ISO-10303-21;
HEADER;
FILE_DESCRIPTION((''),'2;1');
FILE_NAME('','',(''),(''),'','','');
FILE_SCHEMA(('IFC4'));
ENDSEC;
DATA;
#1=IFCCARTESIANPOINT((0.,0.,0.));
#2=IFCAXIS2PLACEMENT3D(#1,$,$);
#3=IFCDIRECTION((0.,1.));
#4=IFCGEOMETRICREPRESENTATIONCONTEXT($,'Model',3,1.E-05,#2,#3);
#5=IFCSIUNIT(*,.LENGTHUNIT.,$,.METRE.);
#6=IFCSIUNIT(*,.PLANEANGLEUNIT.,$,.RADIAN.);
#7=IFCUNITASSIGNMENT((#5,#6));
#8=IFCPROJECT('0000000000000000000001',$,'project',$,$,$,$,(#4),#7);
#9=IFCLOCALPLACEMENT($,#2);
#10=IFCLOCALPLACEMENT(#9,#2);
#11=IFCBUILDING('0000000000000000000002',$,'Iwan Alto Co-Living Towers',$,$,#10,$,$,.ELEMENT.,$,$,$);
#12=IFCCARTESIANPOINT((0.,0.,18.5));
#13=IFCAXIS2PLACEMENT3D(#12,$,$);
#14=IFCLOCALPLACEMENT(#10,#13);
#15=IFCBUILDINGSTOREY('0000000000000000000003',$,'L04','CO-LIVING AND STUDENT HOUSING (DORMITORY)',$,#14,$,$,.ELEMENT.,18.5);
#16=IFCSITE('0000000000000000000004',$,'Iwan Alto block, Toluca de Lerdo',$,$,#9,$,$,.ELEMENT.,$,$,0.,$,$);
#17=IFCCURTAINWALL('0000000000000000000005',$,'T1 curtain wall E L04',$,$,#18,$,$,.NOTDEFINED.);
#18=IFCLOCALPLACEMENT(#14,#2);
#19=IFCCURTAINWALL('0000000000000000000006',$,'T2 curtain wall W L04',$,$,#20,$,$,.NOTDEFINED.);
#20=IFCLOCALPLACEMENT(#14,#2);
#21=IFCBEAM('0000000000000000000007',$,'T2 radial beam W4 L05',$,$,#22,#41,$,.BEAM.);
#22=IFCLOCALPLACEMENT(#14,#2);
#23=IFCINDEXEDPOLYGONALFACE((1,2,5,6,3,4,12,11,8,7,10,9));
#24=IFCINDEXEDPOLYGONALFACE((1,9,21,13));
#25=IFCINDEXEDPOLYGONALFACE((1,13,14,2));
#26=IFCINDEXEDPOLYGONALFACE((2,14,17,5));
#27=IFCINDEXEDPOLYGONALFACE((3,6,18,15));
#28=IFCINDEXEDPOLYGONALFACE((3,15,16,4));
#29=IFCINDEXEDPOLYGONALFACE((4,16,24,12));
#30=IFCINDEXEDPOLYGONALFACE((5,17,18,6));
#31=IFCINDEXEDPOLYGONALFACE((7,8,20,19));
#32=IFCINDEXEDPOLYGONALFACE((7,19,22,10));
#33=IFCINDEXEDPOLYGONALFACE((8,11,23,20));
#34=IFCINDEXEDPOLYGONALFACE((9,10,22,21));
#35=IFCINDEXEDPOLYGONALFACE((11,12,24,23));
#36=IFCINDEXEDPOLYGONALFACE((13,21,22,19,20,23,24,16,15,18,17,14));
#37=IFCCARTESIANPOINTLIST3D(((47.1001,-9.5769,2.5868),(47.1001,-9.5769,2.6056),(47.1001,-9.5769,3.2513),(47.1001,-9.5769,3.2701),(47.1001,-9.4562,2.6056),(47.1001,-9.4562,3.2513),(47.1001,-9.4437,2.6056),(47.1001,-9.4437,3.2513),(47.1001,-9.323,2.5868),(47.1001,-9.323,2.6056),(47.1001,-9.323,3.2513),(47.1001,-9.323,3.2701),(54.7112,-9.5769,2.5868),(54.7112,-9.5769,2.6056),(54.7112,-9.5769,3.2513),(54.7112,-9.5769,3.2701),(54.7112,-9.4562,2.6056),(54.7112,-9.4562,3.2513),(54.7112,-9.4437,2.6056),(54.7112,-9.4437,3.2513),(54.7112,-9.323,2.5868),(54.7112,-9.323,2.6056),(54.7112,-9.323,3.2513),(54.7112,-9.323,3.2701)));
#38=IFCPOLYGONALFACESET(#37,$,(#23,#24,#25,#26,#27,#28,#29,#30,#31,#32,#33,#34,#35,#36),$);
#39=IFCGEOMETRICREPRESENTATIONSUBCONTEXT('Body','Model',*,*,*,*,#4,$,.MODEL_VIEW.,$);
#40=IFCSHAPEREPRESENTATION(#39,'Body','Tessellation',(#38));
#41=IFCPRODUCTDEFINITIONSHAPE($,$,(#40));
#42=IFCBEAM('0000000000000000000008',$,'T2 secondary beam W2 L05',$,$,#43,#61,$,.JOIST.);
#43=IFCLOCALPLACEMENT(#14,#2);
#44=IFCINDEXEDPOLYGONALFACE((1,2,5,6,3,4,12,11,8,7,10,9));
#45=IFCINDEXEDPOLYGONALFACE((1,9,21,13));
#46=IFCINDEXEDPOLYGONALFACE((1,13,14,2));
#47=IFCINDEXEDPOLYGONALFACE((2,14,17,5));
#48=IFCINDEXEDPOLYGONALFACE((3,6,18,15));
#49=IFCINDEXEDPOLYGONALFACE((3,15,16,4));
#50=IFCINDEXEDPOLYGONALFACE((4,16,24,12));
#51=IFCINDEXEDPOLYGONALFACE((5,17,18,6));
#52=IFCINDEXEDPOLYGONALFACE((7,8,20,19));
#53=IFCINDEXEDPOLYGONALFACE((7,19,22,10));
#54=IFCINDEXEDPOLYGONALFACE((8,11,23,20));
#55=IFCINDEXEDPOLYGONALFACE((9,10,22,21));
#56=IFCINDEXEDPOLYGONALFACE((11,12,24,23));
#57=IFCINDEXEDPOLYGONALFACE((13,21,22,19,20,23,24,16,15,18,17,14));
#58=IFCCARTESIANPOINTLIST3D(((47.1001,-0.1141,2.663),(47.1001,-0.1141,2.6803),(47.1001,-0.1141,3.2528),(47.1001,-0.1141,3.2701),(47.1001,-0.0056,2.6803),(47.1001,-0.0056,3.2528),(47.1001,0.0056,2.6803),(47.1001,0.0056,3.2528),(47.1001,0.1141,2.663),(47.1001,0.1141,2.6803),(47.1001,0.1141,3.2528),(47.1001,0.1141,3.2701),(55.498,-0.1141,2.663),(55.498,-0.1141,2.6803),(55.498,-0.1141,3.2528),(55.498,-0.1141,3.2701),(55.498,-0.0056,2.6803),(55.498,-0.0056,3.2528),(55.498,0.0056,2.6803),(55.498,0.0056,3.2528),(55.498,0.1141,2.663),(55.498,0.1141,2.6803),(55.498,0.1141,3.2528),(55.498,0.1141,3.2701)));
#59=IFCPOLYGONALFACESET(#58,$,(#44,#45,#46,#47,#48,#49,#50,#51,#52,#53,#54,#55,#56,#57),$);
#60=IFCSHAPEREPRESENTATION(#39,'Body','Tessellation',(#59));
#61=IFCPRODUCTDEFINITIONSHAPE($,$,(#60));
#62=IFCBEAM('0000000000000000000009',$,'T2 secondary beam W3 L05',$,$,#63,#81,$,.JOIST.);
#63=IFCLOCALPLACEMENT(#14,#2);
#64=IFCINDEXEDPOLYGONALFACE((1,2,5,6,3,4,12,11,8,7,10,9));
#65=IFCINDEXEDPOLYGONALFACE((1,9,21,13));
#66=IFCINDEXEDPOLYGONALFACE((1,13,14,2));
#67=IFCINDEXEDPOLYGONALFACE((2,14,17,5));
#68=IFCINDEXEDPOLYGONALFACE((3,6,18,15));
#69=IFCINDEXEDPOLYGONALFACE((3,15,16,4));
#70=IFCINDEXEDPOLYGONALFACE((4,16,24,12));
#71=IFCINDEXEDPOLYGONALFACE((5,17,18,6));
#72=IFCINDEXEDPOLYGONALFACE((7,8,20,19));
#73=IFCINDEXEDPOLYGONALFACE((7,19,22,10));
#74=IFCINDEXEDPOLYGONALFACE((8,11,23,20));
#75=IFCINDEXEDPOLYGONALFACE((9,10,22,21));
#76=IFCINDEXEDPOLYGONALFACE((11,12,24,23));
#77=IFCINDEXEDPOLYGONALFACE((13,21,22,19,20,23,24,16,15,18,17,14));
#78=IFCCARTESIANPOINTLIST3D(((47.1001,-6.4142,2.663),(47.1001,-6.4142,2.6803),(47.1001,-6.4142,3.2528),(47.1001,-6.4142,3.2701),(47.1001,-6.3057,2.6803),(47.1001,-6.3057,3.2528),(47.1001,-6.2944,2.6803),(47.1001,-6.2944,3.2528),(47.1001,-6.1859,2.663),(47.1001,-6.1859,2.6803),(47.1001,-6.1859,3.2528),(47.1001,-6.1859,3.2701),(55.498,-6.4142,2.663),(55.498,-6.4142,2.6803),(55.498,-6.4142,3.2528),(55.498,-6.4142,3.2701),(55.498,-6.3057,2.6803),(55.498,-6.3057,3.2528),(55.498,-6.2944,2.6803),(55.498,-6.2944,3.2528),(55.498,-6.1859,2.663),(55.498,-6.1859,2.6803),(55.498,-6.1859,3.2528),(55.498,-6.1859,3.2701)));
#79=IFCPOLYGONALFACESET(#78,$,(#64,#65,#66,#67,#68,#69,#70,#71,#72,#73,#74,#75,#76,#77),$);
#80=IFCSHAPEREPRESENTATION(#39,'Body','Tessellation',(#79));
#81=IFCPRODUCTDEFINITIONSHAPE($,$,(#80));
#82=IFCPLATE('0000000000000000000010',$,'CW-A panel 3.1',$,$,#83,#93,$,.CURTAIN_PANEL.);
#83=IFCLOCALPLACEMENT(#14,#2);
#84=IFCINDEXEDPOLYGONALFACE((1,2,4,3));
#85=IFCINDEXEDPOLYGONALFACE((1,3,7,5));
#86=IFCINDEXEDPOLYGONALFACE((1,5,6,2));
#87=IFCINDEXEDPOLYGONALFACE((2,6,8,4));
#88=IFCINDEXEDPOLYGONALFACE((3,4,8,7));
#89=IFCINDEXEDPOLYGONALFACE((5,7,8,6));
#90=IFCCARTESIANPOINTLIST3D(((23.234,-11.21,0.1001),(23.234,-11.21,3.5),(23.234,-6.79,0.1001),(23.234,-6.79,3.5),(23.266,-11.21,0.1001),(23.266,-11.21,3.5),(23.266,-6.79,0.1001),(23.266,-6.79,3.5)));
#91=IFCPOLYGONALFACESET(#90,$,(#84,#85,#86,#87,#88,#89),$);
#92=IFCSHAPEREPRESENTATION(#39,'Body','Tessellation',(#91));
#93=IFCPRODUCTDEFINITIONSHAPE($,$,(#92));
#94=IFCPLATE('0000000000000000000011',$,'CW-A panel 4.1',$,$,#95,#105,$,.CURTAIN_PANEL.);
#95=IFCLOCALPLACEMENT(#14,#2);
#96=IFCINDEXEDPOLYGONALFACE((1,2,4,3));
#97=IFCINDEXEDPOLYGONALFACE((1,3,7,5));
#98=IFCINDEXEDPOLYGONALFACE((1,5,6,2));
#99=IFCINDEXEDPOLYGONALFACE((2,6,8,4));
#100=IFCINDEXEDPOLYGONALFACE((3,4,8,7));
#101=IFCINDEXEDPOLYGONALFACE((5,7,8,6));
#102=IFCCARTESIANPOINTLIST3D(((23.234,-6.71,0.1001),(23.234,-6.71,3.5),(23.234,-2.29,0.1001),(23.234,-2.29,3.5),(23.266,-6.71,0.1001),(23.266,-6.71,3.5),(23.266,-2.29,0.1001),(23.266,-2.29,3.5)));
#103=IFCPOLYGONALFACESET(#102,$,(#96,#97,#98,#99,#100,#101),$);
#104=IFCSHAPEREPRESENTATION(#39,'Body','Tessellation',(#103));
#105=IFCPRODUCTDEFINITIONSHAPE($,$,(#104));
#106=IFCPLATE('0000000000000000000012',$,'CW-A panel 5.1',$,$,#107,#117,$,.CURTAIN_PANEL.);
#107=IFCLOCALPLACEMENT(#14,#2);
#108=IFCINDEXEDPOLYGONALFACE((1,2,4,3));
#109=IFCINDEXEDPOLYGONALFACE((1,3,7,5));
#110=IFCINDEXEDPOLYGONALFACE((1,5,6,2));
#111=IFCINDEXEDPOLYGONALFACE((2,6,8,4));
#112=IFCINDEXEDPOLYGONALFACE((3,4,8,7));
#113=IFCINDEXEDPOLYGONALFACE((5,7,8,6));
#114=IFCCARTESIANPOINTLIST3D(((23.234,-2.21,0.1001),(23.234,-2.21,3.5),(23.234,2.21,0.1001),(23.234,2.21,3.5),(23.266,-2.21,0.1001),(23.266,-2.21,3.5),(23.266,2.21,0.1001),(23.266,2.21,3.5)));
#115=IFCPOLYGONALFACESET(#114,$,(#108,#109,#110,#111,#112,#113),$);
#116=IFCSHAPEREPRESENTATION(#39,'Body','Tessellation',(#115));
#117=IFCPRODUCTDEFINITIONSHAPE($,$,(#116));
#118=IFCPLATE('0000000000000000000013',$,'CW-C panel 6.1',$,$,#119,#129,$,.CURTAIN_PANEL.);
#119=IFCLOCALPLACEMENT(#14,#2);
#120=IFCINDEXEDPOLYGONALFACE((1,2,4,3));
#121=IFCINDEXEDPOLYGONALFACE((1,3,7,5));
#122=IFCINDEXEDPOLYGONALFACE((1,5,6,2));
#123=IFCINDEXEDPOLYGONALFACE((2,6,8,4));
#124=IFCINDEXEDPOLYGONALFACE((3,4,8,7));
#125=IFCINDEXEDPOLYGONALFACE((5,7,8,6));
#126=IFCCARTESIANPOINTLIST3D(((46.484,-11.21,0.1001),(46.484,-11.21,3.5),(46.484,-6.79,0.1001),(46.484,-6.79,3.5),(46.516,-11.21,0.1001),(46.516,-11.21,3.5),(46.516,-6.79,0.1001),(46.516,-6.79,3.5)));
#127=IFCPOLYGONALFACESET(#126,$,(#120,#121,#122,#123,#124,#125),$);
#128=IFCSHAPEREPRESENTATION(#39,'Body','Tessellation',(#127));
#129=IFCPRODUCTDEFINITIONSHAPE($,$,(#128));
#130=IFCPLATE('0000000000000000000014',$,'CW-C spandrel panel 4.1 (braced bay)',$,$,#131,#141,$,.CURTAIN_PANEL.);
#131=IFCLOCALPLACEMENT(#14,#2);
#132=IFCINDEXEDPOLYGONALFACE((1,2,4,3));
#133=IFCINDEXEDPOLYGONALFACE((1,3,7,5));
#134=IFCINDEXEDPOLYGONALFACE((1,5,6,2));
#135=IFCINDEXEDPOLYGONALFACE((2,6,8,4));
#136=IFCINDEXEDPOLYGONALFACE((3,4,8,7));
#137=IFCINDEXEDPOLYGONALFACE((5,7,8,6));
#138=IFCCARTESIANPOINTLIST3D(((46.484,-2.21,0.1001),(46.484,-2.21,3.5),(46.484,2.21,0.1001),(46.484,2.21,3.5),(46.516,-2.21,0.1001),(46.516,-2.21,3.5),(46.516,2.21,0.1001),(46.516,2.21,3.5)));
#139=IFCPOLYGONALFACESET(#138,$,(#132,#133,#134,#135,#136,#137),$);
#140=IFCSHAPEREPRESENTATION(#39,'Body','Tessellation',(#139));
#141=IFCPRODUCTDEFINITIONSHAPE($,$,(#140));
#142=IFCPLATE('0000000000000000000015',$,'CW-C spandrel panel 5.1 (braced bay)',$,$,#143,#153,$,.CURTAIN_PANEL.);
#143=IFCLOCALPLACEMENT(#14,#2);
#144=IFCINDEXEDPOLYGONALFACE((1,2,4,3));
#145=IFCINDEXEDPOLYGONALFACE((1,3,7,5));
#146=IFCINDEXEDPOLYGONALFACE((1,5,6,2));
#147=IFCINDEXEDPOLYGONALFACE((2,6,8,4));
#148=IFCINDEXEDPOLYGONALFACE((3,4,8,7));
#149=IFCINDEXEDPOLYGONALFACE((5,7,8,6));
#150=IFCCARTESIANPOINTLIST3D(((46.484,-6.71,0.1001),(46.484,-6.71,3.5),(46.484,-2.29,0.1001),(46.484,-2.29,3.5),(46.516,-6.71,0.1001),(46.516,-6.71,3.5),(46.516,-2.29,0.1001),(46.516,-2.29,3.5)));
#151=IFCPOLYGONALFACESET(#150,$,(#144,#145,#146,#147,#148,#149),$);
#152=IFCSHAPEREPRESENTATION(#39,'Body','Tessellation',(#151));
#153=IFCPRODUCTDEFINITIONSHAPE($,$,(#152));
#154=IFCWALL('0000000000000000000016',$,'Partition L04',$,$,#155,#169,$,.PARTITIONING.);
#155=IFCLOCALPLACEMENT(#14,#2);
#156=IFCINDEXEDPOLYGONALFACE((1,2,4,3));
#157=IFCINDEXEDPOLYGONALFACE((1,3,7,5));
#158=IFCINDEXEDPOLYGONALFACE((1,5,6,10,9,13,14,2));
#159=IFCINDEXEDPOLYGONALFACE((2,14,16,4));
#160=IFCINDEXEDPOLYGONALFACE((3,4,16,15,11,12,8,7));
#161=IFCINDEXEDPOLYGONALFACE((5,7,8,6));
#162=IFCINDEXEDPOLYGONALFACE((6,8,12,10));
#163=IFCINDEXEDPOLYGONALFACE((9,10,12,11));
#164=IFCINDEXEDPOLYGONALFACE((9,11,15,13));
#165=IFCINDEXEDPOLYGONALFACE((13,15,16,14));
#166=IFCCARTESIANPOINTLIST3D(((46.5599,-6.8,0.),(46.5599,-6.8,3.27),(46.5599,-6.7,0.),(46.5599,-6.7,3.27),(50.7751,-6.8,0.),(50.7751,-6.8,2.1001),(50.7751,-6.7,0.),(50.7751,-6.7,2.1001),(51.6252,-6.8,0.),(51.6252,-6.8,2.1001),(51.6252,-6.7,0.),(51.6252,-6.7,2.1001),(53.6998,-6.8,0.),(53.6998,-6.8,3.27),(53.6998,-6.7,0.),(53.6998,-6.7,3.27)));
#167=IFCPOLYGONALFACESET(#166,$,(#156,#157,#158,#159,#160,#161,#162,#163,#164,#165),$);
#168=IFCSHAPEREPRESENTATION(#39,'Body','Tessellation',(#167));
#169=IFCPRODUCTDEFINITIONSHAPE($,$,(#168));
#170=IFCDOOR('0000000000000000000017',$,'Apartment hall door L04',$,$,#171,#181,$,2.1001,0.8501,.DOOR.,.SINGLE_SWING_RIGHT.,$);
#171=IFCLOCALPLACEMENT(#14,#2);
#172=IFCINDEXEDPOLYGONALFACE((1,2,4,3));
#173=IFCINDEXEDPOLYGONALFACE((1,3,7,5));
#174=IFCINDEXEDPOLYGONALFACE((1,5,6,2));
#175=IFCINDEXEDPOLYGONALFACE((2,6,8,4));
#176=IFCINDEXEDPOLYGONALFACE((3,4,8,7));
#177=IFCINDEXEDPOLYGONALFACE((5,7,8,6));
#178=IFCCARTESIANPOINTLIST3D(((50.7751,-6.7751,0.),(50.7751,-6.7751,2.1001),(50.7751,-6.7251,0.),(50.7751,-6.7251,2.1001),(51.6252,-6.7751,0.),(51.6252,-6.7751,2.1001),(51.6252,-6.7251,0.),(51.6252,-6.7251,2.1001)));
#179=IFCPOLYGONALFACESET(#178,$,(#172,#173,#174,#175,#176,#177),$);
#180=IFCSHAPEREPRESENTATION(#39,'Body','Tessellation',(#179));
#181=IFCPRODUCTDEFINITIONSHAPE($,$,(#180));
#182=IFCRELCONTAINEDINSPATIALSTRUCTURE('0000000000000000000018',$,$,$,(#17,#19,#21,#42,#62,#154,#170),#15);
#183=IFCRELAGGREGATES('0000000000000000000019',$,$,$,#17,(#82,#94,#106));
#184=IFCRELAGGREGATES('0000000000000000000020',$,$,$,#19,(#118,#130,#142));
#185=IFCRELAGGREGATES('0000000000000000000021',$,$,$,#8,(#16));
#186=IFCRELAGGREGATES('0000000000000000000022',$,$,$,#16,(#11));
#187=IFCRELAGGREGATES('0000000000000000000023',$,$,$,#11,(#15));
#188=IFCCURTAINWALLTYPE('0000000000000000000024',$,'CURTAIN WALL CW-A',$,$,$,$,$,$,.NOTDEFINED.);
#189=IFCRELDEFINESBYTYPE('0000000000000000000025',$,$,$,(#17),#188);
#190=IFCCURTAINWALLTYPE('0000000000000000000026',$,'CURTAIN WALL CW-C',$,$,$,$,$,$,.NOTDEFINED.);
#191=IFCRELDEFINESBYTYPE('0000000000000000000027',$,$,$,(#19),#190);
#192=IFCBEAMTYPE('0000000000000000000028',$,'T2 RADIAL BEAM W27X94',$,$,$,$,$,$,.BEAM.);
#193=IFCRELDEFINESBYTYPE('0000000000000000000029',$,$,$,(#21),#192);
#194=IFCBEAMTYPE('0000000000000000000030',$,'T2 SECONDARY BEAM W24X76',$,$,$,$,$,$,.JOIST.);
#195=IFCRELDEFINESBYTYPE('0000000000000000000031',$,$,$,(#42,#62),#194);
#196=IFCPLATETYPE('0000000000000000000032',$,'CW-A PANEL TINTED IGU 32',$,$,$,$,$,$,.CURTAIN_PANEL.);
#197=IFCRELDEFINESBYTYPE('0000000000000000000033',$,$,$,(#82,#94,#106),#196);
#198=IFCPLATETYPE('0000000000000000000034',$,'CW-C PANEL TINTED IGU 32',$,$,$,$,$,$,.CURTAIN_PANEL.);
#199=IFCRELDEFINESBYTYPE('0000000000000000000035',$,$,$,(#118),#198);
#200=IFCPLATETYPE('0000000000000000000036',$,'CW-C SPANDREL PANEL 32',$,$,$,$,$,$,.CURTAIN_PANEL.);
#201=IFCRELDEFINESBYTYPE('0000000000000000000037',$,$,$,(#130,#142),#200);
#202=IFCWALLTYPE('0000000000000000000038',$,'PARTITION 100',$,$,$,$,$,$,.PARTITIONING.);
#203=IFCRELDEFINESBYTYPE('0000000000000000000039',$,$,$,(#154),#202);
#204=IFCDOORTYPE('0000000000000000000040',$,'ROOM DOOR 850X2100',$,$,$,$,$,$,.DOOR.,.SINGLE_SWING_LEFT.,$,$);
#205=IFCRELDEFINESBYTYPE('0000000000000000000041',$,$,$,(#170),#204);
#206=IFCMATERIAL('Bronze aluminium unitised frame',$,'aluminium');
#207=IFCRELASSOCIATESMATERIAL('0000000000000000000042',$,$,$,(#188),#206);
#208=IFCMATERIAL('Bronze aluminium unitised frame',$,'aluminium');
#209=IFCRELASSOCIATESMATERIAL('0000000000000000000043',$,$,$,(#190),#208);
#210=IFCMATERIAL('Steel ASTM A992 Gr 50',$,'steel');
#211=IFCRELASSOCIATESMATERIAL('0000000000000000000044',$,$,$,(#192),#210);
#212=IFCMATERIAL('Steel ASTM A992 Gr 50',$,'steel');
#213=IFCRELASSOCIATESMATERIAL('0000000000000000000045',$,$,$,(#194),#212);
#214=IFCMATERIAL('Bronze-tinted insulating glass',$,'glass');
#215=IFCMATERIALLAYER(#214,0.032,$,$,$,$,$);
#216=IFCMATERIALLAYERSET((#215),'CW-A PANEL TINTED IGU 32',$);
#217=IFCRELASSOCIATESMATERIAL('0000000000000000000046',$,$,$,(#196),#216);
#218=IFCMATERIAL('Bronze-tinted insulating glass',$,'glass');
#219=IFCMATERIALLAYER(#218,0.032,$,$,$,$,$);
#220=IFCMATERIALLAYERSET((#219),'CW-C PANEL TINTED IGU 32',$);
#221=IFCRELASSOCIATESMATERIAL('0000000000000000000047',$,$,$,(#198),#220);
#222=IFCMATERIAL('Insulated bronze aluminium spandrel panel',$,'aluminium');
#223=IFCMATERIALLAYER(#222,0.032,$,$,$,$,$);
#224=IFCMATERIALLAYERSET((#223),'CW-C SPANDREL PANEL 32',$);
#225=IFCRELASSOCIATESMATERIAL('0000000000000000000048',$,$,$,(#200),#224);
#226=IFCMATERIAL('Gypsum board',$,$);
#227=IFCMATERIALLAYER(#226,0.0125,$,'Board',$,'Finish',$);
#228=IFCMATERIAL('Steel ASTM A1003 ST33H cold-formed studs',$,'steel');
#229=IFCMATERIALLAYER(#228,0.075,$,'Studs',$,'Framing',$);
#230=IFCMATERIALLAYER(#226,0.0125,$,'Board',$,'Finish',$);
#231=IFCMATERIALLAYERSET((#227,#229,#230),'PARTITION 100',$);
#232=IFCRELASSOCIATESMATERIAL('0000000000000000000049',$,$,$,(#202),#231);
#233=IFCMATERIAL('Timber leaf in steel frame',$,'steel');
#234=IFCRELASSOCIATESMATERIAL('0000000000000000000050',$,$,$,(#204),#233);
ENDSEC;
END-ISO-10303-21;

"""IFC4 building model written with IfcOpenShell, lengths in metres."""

from ifc_helpers import new_model, si_unit, direction, frame, frame_2d, origin, origin_2d, place, context, subcontext, project, spatial, rectangle, i_section, extrude, material, layer, layer_set, material_profile, profile_set, type_object, element, fill, aggregate, save


model = new_model("IFC4")

# Units and contexts
model_context = context("Model", 3, precision=1e-05, world=origin(), true_north=direction((0.0, 1.0)))
body_context = subcontext(model_context, "Body", "Model", "MODEL_VIEW")
ifc_project = project(units=[si_unit("LENGTHUNIT", "METRE"), si_unit("PLANEANGLEUNIT", "RADIAN")], contexts=[model_context])

# Site, building, storey
site_placement = place(None, origin())
site = spatial("IfcSite", under=ifc_project, at=site_placement, Name="Iwan Alto block, Toluca de Lerdo", CompositionType="ELEMENT", RefElevation=0.0)
building_placement = place(site_placement, origin())
building = spatial("IfcBuilding", under=site, at=building_placement, Name="Iwan Alto Co-Living Towers", CompositionType="ELEMENT")
storey_placement = place(building_placement, frame((0.0, 0.0, 18.5)))
storey = spatial("IfcBuildingStorey", under=building, at=storey_placement, Name="L04", Description="CO-LIVING AND STUDENT HOUSING (DORMITORY)", CompositionType="ELEMENT", Elevation=18.5)

# Curtain walls
ifc_material_1 = material(Name="Bronze aluminium unitised frame", Category="aluminium")
curtain_wall_type_1 = type_object("IfcCurtainWallType", Name="CURTAIN WALL CW-A", PredefinedType="NOTDEFINED", material=ifc_material_1)
curtain_wall_1_placement = place(storey_placement, origin())
curtain_wall_1 = element("IfcCurtainWall", 1, at=curtain_wall_1_placement, inside=storey, type_object=curtain_wall_type_1, Name="T1 curtain wall E L04", PredefinedType="NOTDEFINED")
ifc_material_2 = material(Name="Bronze aluminium unitised frame", Category="aluminium")
curtain_wall_type_2 = type_object("IfcCurtainWallType", Name="CURTAIN WALL CW-C", PredefinedType="NOTDEFINED", material=ifc_material_2)
curtain_wall_2_placement = place(storey_placement, origin())
curtain_wall_2 = element("IfcCurtainWall", 2, at=curtain_wall_2_placement, inside=storey, type_object=curtain_wall_type_2, Name="T2 curtain wall W L04", PredefinedType="NOTDEFINED")

# Beams
ifc_material_3 = material(Name="Steel ASTM A992 Gr 50", Category="steel")
ifc_material_profile_1 = material_profile(ifc_material_3, i_section(OverallWidth=0.2539, OverallDepth=0.6833, WebThickness=0.0125, FlangeThickness=0.0188, at=origin_2d()), Name="W27X94")
ifc_profile_set_1 = profile_set([ifc_material_profile_1], Name="Steel ASTM A992 Gr 50")
beam_type_1 = type_object("IfcBeamType", Name="T2 RADIAL BEAM W27X94", PredefinedType="BEAM", material=ifc_profile_set_1)
beam_1_placement = place(storey_placement, frame((47.1001, -9.45, 2.9285), z_axis=(1.0, 0.0, 0.0), x_axis=(0.0, 1.0, 0.0)))
element("IfcBeam", 3, at=beam_1_placement, inside=storey, type_object=beam_type_1, Name="T2 radial beam W4 L05", PredefinedType="BEAM", context=body_context, shape_type="SweptSolid", body=[
    extrude(i_section(OverallWidth=0.2539, OverallDepth=0.6833, WebThickness=0.0125, FlangeThickness=0.0188, at=origin_2d()), origin(), (0.0, 0.0, 1.0), 7.6111),
])
ifc_material_4 = material(Name="Steel ASTM A992 Gr 50", Category="steel")
ifc_material_profile_2 = material_profile(ifc_material_4, i_section(OverallWidth=0.2283, OverallDepth=0.6072, WebThickness=0.0112, FlangeThickness=0.0173, at=origin_2d()), Name="W24X76")
ifc_profile_set_2 = profile_set([ifc_material_profile_2], Name="Steel ASTM A992 Gr 50")
beam_type_2 = type_object("IfcBeamType", Name="T2 SECONDARY BEAM W24X76", PredefinedType="JOIST", material=ifc_profile_set_2)
for number, where, z_axis, x_axis, name in (
    (4, (47.1001, 0.0, 2.9666), (1.0, 0.0, 0.0), (0.0, 1.0, 0.0), "T2 secondary beam W2 L05"),
    (5, (47.1001, -6.3, 2.9666), (1.0, 0.0, 0.0), (0.0, 1.0, 0.0), "T2 secondary beam W3 L05"),
):
    element("IfcBeam", number, at=place(storey_placement, frame(where, z_axis=z_axis, x_axis=x_axis)), inside=storey, type_object=beam_type_2, Name=name, PredefinedType="JOIST", context=body_context, shape_type="SweptSolid", body=[
        extrude(i_section(OverallWidth=0.2283, OverallDepth=0.6072, WebThickness=0.0112, FlangeThickness=0.0173, at=origin_2d()), origin(), (0.0, 0.0, 1.0), 8.3979),
    ])

# Plates
ifc_material_5 = material(Name="Bronze-tinted insulating glass", Category="glass")
ifc_layer_1 = layer(ifc_material_5, 0.032)
ifc_layer_set_1 = layer_set([ifc_layer_1], Name="CW-A PANEL TINTED IGU 32")
plate_type_1 = type_object("IfcPlateType", Name="CW-A PANEL TINTED IGU 32", PredefinedType="CURTAIN_PANEL", material=ifc_layer_set_1)
plate_1_placement = place(storey_placement, frame((23.25, -9.0, 0.1001), z_axis=(0.0, 0.0, 1.0), x_axis=(0.0, 1.0, 0.0)))
plate_1 = element("IfcPlate", 6, at=plate_1_placement, type_object=plate_type_1, Name="CW-A panel 3.1", PredefinedType="CURTAIN_PANEL", context=body_context, shape_type="SweptSolid", body=[
    extrude(rectangle(XDim=4.4199, YDim=0.032, at=origin_2d()), origin(), (0.0, 0.0, 1.0), 3.3999),
])
plate_2_placement = place(storey_placement, frame((23.25, -4.5, 0.1001), z_axis=(0.0, 0.0, 1.0), x_axis=(0.0, 1.0, 0.0)))
plate_2 = element("IfcPlate", 7, at=plate_2_placement, type_object=plate_type_1, Name="CW-A panel 4.1", PredefinedType="CURTAIN_PANEL", context=body_context, shape_type="SweptSolid", body=[
    extrude(rectangle(XDim=4.4199, YDim=0.032, at=origin_2d()), origin(), (0.0, 0.0, 1.0), 3.3999),
])
plate_3_placement = place(storey_placement, frame((23.25, 0.0, 0.1001), z_axis=(0.0, 0.0, 1.0), x_axis=(0.0, 1.0, 0.0)))
plate_3 = element("IfcPlate", 8, at=plate_3_placement, type_object=plate_type_1, Name="CW-A panel 5.1", PredefinedType="CURTAIN_PANEL", context=body_context, shape_type="SweptSolid", body=[
    extrude(rectangle(XDim=4.4199, YDim=0.032, at=origin_2d()), origin(), (0.0, 0.0, 1.0), 3.3999),
])
aggregate(curtain_wall_1, [plate_1, plate_2, plate_3])
ifc_material_6 = material(Name="Bronze-tinted insulating glass", Category="glass")
ifc_layer_2 = layer(ifc_material_6, 0.032)
ifc_layer_set_2 = layer_set([ifc_layer_2], Name="CW-C PANEL TINTED IGU 32")
plate_type_2 = type_object("IfcPlateType", Name="CW-C PANEL TINTED IGU 32", PredefinedType="CURTAIN_PANEL", material=ifc_layer_set_2)
plate_4_placement = place(storey_placement, frame((46.5, -9.0, 0.1001), z_axis=(0.0, 0.0, 1.0), x_axis=(0.0, -1.0, 0.0)))
plate_4 = element("IfcPlate", 9, at=plate_4_placement, type_object=plate_type_2, Name="CW-C panel 6.1", PredefinedType="CURTAIN_PANEL", context=body_context, shape_type="SweptSolid", body=[
    extrude(rectangle(XDim=4.4199, YDim=0.032, at=origin_2d()), origin(), (0.0, 0.0, 1.0), 3.3999),
])
ifc_material_7 = material(Name="Insulated bronze aluminium spandrel panel", Category="aluminium")
ifc_layer_3 = layer(ifc_material_7, 0.032)
ifc_layer_set_3 = layer_set([ifc_layer_3], Name="CW-C SPANDREL PANEL 32")
plate_type_3 = type_object("IfcPlateType", Name="CW-C SPANDREL PANEL 32", PredefinedType="CURTAIN_PANEL", material=ifc_layer_set_3)
plate_5_placement = place(storey_placement, frame((46.5, 0.0, 0.1001), z_axis=(0.0, 0.0, 1.0), x_axis=(0.0, -1.0, 0.0)))
plate_5 = element("IfcPlate", 10, at=plate_5_placement, type_object=plate_type_3, Name="CW-C spandrel panel 4.1 (braced bay)", PredefinedType="CURTAIN_PANEL", context=body_context, shape_type="SweptSolid", body=[
    extrude(rectangle(XDim=4.4199, YDim=0.032, at=origin_2d()), origin(), (0.0, 0.0, 1.0), 3.3999),
])
plate_6_placement = place(storey_placement, frame((46.5, -4.5, 0.1001), z_axis=(0.0, 0.0, 1.0), x_axis=(0.0, -1.0, 0.0)))
plate_6 = element("IfcPlate", 11, at=plate_6_placement, type_object=plate_type_3, Name="CW-C spandrel panel 5.1 (braced bay)", PredefinedType="CURTAIN_PANEL", context=body_context, shape_type="SweptSolid", body=[
    extrude(rectangle(XDim=4.4199, YDim=0.032, at=origin_2d()), origin(), (0.0, 0.0, 1.0), 3.3999),
])
aggregate(curtain_wall_2, [plate_4, plate_5, plate_6])

# Wall, opening, door
ifc_material_8 = material(Name="Gypsum board")
ifc_layer_4 = layer(ifc_material_8, 0.0125, Name="Board", Category="Finish")
ifc_material_9 = material(Name="Steel ASTM A1003 ST33H cold-formed studs", Category="steel")
ifc_layer_5 = layer(ifc_material_9, 0.075, Name="Studs", Category="Framing")
ifc_layer_6 = layer(ifc_material_8, 0.0125, Name="Board", Category="Finish")
ifc_layer_set_4 = layer_set([ifc_layer_4, ifc_layer_5, ifc_layer_6], Name="PARTITION 100")
wall_type = type_object("IfcWallType", Name="PARTITION 100", PredefinedType="PARTITIONING", material=ifc_layer_set_4)
wall_placement = place(storey_placement, frame((46.5601, -6.75, 0.0), z_axis=(0.0, 0.0, 1.0), x_axis=(1.0, 0.0, 0.0)))
wall = element("IfcWall", 12, at=wall_placement, inside=storey, type_object=wall_type, Name="Partition L04", PredefinedType="PARTITIONING", context=body_context, shape_type="SweptSolid", body=[
    extrude(rectangle(XDim=7.1399, YDim=0.1001, at=frame_2d((3.5698, 0.0))), origin(), (0.0, 0.0, 1.0), 3.27),
])
opening_placement = place(wall_placement, frame((4.2151, 0.0, 0.0)))
opening = element("IfcOpeningElement", 13, at=opening_placement, cuts=wall, PredefinedType="OPENING", context=body_context, shape_type="SweptSolid", body=[
    extrude(rectangle(XDim=0.8501, YDim=2.1001, at=frame_2d((0.425, 1.05))), frame((0.0, 0.0601, 0.0), z_axis=(0.0, -1.0, 0.0), x_axis=(1.0, 0.0, 0.0)), (0.0, 0.0, 1.0), 0.1201),
])
ifc_material_10 = material(Name="Timber leaf in steel frame", Category="steel")
door_type = type_object("IfcDoorType", Name="ROOM DOOR 850X2100", OperationType="SINGLE_SWING_LEFT", PredefinedType="DOOR", material=ifc_material_10)
door_placement = place(opening_placement, origin())
door = element("IfcDoor", 14, at=door_placement, inside=storey, type_object=door_type, Name="Apartment hall door L04", OperationType="SINGLE_SWING_RIGHT", OverallHeight=2.1001, OverallWidth=0.8501, PredefinedType="DOOR", context=body_context, shape_type="SweptSolid", body=[
    extrude(rectangle(XDim=0.8501, YDim=2.1001, at=frame_2d((0.425, 1.05))), frame((0.0, 0.0249, 0.0), z_axis=(0.0, -1.0, 0.0), x_axis=(1.0, 0.0, 0.0)), (0.0, 0.0, 1.0), 0.05),
])
fill(opening, door)

save(model, "model.ifc")
